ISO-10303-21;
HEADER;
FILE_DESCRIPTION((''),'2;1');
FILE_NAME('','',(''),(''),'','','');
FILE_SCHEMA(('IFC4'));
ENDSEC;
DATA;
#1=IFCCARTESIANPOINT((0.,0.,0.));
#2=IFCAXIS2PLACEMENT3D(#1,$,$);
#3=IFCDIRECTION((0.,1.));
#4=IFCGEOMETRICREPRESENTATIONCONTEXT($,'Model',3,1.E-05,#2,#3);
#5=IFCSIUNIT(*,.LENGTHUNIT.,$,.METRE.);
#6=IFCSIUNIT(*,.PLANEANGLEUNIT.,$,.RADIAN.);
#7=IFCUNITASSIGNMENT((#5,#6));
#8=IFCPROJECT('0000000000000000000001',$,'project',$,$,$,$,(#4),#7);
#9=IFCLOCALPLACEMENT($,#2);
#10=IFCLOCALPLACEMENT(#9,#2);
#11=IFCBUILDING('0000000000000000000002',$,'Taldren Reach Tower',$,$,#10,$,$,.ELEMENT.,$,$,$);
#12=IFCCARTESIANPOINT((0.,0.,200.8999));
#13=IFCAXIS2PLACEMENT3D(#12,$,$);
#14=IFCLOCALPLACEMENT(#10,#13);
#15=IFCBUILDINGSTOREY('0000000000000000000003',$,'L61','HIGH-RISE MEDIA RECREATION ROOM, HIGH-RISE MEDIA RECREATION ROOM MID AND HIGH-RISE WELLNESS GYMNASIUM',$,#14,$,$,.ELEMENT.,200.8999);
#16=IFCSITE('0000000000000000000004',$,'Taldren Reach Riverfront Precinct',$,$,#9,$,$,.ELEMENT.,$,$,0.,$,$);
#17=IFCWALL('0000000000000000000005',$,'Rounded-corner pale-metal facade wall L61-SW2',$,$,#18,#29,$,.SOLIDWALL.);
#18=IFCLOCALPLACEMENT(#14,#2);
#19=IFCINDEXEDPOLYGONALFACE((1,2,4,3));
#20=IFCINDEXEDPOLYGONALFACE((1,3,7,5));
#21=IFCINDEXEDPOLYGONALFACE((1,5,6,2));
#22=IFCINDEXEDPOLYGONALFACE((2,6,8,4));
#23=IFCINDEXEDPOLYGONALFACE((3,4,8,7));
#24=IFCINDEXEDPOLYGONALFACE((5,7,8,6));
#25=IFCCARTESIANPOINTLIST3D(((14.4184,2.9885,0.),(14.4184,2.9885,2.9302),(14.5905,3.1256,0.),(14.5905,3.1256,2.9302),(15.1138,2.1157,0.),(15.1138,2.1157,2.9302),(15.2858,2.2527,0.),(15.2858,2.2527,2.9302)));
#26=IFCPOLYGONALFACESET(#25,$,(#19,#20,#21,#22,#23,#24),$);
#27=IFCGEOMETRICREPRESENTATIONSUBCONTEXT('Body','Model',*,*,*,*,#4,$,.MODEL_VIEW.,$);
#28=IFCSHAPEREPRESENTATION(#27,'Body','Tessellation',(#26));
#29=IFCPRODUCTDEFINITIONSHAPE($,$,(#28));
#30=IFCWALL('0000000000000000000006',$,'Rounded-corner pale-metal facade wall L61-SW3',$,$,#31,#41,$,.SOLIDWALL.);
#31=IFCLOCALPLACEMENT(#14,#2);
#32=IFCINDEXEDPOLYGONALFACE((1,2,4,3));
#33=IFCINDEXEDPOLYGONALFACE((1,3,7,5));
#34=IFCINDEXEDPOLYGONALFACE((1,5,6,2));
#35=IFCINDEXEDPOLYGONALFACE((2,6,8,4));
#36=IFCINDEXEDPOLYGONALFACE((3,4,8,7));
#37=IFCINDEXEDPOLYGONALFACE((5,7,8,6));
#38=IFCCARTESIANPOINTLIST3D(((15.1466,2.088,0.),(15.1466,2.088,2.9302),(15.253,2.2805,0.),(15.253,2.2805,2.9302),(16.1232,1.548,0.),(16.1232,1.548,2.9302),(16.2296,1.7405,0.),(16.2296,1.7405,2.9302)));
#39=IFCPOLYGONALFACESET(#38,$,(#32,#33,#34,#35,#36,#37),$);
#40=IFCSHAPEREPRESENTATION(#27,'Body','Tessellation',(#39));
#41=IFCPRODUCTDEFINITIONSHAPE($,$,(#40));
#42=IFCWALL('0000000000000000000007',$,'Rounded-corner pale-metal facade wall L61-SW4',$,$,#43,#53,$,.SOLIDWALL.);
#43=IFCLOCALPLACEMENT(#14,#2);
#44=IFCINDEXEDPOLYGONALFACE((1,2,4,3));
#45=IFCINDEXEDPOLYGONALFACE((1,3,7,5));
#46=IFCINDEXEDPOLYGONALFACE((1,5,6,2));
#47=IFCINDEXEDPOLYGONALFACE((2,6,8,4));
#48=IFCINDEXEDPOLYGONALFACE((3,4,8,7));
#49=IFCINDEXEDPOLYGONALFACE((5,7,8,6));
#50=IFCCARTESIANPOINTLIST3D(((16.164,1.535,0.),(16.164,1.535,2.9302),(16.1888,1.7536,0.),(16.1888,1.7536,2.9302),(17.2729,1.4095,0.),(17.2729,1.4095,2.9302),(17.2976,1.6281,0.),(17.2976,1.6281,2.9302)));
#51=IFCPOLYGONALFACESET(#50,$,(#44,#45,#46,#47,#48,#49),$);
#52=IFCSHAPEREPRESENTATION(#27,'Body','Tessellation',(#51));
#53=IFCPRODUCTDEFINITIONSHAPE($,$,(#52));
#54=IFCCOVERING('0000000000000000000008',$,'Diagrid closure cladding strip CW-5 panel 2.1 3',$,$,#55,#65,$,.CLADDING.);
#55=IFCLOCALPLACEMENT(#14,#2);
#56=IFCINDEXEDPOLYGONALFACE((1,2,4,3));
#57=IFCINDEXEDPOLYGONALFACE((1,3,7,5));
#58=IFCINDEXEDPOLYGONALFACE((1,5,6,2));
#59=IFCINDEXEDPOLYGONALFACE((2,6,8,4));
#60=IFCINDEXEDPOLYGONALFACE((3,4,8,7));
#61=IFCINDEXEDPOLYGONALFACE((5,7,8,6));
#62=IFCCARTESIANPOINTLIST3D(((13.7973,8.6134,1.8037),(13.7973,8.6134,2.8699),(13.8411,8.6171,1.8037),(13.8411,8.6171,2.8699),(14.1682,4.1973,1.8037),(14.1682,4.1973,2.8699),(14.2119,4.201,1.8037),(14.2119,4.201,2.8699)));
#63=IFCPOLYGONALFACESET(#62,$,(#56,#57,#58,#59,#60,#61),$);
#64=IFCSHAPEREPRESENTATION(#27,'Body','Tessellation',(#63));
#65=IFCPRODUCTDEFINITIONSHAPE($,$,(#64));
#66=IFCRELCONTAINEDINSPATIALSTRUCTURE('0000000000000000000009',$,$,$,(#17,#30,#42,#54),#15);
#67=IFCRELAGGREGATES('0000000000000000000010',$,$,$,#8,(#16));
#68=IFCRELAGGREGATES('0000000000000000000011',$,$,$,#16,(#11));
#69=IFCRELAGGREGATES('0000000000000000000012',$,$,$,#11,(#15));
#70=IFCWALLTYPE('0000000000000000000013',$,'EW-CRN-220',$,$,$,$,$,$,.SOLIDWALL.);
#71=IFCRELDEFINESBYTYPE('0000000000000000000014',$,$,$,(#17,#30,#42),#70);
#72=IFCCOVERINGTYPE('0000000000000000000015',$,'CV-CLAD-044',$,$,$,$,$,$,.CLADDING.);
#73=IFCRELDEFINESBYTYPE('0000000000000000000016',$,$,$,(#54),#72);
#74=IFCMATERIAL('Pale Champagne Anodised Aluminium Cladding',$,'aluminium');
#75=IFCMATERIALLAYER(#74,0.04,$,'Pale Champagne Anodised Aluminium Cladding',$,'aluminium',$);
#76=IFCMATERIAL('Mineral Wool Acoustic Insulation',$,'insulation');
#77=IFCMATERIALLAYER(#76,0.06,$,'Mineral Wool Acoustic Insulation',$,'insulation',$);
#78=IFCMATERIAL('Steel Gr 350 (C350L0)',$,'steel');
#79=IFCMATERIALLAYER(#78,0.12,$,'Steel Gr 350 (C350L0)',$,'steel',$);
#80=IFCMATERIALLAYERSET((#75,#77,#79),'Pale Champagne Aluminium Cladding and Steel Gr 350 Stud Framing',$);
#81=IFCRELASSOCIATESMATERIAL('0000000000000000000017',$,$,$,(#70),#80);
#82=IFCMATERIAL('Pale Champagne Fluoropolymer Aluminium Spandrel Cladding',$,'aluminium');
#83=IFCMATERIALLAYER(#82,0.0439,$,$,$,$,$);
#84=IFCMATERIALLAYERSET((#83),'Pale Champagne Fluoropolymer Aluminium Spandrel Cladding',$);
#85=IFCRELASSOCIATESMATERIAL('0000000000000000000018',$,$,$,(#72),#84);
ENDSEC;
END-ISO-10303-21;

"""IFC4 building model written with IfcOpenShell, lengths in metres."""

from ifc_helpers import new_model, si_unit, direction, frame, frame_2d, origin, origin_2d, place, context, subcontext, project, spatial, rectangle, extrude, source, transform, mapped, material, layer, layer_set, type_object, element, save


model = new_model("IFC4")

# Units and contexts
model_context = context("Model", 3, precision=1e-05, world=origin(), true_north=direction((0.0, 1.0)))
body_context = subcontext(model_context, "Body", "Model", "MODEL_VIEW")
ifc_project = project(units=[si_unit("LENGTHUNIT", "METRE"), si_unit("PLANEANGLEUNIT", "RADIAN")], contexts=[model_context])

# Site, building, storey
site_placement = place(None, origin())
site = spatial("IfcSite", under=ifc_project, at=site_placement, Name="Taldren Reach Riverfront Precinct", CompositionType="ELEMENT", RefElevation=0.0)
building_placement = place(site_placement, origin())
building = spatial("IfcBuilding", under=site, at=building_placement, Name="Taldren Reach Tower", CompositionType="ELEMENT")
storey_placement = place(building_placement, frame((0.0, 0.0, 200.8999)))
storey = spatial("IfcBuildingStorey", under=building, at=storey_placement, Name="L61", Description="HIGH-RISE MEDIA RECREATION ROOM, HIGH-RISE MEDIA RECREATION ROOM MID AND HIGH-RISE WELLNESS GYMNASIUM", CompositionType="ELEMENT", Elevation=200.8999)

# Shared definitions
ifc_material_1 = material(Name="Steel Gr 350 (C350L0)", Category="steel")

# Walls
ifc_material_2 = material(Name="Pale Champagne Anodised Aluminium Cladding", Category="aluminium")
ifc_layer_1 = layer(ifc_material_2, 0.04, Name="Pale Champagne Anodised Aluminium Cladding", Category="aluminium")
ifc_material_3 = material(Name="Mineral Wool Acoustic Insulation", Category="insulation")
ifc_layer_2 = layer(ifc_material_3, 0.06, Name="Mineral Wool Acoustic Insulation", Category="insulation")
ifc_layer_3 = layer(ifc_material_1, 0.12, Name="Steel Gr 350 (C350L0)", Category="steel")
ifc_layer_set_1 = layer_set([ifc_layer_1, ifc_layer_2, ifc_layer_3], Name="Pale Champagne Aluminium Cladding and Steel Gr 350 Stud Framing")
wall_type = type_object("IfcWallType", Name="EW-CRN-220", PredefinedType="SOLIDWALL", material=ifc_layer_set_1)
shared_shape_1 = source(origin(), body_context, "Body", "SweptSolid", [
    extrude(rectangle(XDim=1.116, YDim=0.22, at=frame_2d((0.5581, 0.0))), origin(), (0.0, 0.0, 1.0), 2.9302),
])
for number, where, z_axis, x_axis, name in (
    (1, (14.5044, 3.0571, 0.0), (0.0, 0.0, 1.0), (0.623093, -0.782148, 0.0), "Rounded-corner pale-metal facade wall L61-SW2"),
    (2, (15.1997, 2.1843, 0.0), (0.0, 0.0, 1.0), (0.875105, -0.483933, 0.0), "Rounded-corner pale-metal facade wall L61-SW3"),
    (3, (16.1763, 1.6443, 0.0), (0.0, 0.0, 1.0), (0.993658, -0.112448, 0.0), "Rounded-corner pale-metal facade wall L61-SW4"),
):
    element("IfcWall", number, at=place(storey_placement, frame(where, z_axis=z_axis, x_axis=x_axis)), inside=storey, type_object=wall_type, Name=name, PredefinedType="SOLIDWALL", context=body_context, shape_type="MappedRepresentation", body=[
        mapped(shared_shape_1, transform((0.0, 0.0, 0.0), scale=1.0)),
    ])

# Covering
ifc_material_4 = material(Name="Pale Champagne Fluoropolymer Aluminium Spandrel Cladding", Category="aluminium")
ifc_layer_4 = layer(ifc_material_4, 0.0439)
ifc_layer_set_2 = layer_set([ifc_layer_4], Name="Pale Champagne Fluoropolymer Aluminium Spandrel Cladding")
covering_type = type_object("IfcCoveringType", Name="CV-CLAD-044", PredefinedType="CLADDING", material=ifc_layer_set_2)
shared_shape_2 = source(origin(), body_context, "Body", "SweptSolid", [
    extrude(rectangle(XDim=4.4316, YDim=0.0439, at=origin_2d()), origin(), (0.0, 0.0, 1.0), 1.0662),
])
covering_placement = place(storey_placement, frame((14.0046, 6.4072, 1.8037), z_axis=(0.0, 0.0, 1.0), x_axis=(0.083678, -0.996493, 0.0)))
element("IfcCovering", 4, at=covering_placement, inside=storey, type_object=covering_type, Name="Diagrid closure cladding strip CW-5 panel 2.1 3", PredefinedType="CLADDING", context=body_context, shape_type="MappedRepresentation", body=[
    mapped(shared_shape_2, transform((0.0, 0.0, 0.0), scale=1.0)),
])

save(model, "model.ifc")
